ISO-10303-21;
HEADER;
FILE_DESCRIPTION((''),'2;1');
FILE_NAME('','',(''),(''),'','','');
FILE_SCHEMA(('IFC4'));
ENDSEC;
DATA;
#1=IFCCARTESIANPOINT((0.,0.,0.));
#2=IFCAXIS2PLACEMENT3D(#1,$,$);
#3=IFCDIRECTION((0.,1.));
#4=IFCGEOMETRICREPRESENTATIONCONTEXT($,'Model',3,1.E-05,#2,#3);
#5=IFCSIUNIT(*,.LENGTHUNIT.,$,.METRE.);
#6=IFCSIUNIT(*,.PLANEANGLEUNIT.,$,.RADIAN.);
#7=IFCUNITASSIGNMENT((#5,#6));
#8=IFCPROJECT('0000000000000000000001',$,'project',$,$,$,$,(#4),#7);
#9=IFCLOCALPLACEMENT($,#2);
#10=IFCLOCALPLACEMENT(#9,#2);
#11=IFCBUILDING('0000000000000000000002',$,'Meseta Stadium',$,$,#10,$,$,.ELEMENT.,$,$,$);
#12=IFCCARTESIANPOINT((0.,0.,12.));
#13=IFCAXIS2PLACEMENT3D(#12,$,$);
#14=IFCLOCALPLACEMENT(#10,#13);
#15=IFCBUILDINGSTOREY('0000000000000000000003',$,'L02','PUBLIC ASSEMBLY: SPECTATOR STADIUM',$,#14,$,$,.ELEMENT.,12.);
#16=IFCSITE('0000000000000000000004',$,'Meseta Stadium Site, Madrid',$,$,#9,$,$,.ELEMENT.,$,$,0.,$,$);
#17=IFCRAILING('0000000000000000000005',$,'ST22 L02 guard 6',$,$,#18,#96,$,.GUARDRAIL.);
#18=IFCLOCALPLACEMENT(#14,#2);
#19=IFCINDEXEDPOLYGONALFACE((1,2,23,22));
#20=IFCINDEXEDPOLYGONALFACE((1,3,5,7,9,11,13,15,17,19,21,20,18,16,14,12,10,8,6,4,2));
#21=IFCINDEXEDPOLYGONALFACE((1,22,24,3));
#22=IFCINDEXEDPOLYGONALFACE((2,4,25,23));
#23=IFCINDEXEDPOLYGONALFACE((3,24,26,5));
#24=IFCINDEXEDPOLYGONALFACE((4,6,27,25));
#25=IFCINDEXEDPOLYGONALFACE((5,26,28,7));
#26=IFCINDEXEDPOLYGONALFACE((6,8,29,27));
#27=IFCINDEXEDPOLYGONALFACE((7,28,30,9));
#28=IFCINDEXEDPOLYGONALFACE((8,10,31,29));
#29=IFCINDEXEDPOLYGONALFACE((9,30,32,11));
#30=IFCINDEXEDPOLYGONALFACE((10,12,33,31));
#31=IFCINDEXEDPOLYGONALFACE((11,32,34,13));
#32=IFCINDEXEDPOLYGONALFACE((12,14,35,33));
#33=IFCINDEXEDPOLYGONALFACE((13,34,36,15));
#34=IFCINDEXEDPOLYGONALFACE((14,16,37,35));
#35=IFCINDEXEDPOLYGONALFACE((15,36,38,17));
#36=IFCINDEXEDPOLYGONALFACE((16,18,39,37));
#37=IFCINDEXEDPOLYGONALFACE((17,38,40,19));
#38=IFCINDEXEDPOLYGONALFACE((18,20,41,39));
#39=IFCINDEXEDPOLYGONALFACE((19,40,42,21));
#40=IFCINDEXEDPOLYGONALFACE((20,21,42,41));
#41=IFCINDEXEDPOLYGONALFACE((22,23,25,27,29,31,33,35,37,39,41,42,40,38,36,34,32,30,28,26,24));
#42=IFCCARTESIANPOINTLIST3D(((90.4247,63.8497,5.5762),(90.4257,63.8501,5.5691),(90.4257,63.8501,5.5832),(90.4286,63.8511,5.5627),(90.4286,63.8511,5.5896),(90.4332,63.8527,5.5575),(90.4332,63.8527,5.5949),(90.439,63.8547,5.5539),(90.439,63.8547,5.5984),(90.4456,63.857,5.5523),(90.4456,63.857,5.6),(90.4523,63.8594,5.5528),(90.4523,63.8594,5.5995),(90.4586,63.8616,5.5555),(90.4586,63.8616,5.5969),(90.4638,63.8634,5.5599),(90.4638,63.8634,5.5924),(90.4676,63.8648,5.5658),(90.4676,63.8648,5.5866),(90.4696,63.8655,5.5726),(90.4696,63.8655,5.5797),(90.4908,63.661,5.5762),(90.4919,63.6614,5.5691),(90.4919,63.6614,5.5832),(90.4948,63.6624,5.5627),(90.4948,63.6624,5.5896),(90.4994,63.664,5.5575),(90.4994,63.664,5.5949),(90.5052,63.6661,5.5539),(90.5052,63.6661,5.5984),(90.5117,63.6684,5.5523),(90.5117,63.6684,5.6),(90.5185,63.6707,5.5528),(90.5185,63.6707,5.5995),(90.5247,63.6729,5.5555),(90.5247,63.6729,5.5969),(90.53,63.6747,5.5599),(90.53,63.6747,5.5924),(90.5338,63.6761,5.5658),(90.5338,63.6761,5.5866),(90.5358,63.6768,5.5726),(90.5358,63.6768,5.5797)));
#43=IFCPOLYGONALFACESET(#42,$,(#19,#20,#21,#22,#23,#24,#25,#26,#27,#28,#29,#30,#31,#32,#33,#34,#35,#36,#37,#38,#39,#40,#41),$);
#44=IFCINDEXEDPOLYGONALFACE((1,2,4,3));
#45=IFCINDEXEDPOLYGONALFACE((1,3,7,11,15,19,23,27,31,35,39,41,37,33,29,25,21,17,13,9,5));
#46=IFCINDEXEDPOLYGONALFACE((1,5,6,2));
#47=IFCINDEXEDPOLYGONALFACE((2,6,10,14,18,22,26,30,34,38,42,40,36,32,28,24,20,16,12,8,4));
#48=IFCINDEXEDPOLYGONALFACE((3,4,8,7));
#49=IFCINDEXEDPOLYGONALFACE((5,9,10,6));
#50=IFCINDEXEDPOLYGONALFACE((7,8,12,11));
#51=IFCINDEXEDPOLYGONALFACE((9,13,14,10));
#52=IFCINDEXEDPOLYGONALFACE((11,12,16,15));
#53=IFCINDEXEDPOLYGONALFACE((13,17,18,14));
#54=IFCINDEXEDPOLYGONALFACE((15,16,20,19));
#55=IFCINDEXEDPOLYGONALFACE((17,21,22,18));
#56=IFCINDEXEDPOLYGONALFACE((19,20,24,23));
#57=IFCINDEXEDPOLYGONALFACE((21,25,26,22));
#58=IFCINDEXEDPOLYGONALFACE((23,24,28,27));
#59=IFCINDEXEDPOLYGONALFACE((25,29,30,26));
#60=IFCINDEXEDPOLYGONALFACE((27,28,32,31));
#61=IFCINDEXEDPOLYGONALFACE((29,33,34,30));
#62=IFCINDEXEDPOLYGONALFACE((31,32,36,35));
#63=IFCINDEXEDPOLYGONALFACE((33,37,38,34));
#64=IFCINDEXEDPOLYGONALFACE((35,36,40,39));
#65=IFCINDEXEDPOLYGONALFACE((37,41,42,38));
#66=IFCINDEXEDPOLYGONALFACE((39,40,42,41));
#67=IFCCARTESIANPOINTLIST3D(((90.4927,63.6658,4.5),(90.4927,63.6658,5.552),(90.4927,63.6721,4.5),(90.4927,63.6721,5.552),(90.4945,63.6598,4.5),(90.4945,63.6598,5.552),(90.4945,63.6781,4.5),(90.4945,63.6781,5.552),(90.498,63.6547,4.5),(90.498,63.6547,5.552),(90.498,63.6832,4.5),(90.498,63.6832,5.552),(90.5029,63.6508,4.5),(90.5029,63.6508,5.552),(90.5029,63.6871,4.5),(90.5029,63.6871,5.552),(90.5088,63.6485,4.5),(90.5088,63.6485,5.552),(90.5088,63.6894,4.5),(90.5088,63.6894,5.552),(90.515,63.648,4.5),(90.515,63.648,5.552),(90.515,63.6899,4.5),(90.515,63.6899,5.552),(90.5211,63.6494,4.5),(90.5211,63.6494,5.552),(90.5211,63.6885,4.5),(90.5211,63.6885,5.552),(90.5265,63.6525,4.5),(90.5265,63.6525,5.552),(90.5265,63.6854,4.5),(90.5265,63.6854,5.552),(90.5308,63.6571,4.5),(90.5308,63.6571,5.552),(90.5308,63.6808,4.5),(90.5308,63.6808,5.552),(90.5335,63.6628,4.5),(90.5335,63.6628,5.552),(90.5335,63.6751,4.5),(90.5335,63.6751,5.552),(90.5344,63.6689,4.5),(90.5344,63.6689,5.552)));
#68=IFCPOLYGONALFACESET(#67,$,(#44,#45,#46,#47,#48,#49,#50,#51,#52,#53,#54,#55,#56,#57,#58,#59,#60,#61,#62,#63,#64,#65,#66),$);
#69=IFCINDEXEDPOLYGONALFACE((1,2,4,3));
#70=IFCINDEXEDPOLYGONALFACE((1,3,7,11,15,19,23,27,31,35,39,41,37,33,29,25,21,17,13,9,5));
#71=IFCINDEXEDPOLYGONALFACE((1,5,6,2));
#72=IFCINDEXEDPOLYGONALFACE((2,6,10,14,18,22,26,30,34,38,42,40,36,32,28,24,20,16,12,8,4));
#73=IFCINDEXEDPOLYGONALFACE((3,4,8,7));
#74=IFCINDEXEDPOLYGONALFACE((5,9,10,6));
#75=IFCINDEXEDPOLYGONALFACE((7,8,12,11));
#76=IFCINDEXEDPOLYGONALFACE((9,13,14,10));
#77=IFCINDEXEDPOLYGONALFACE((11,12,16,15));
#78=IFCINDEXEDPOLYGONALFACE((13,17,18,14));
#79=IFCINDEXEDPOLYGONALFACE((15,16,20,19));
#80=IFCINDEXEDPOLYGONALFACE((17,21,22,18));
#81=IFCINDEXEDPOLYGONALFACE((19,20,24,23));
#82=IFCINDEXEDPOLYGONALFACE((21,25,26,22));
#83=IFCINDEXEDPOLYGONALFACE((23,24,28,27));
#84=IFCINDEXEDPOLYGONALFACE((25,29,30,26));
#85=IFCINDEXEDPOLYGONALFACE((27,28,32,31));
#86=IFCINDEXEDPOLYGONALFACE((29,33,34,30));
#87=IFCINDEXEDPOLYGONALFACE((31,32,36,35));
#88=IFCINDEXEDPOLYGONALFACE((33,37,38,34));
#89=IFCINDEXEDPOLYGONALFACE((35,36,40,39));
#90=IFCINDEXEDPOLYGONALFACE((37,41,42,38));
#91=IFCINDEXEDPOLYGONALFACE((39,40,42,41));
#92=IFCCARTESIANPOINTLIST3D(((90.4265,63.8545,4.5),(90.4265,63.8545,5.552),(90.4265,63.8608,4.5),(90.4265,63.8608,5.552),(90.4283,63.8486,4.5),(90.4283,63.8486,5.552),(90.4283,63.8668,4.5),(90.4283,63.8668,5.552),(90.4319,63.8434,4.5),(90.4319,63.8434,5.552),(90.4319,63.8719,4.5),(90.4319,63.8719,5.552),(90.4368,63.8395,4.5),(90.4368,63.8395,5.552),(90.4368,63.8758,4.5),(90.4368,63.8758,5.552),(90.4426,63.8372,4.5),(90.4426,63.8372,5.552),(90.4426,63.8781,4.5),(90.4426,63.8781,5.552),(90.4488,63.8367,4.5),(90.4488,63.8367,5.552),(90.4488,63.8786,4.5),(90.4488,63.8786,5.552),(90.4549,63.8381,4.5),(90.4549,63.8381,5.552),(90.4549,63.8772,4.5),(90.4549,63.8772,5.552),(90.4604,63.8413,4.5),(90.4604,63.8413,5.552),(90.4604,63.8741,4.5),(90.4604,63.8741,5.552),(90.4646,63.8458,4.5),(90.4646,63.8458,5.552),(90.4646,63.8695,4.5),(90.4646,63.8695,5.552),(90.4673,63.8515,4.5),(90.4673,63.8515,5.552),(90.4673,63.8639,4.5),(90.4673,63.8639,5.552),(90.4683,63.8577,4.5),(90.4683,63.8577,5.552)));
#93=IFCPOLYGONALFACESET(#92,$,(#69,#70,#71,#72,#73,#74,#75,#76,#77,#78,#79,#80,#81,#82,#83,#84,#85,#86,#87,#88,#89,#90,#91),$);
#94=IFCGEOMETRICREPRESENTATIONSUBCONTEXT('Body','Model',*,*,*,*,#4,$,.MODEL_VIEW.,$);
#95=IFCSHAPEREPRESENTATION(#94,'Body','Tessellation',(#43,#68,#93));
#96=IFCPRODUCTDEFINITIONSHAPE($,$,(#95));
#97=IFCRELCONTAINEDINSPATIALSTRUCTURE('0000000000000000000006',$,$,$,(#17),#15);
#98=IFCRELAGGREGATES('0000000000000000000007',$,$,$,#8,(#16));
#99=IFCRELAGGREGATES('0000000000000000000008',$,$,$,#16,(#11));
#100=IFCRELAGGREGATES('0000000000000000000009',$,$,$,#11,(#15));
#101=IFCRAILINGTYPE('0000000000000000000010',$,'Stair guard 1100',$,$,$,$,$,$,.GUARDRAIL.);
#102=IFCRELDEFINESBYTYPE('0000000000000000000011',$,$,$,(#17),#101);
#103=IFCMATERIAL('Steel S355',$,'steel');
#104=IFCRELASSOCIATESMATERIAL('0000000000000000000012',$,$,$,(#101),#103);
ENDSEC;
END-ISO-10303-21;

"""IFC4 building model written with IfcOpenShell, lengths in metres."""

from ifc_helpers import new_model, si_unit, direction, frame, origin, origin_2d, place, context, subcontext, project, spatial, circle, extrude, material, type_object, element, save


model = new_model("IFC4")

# Units and contexts
model_context = context("Model", 3, precision=1e-05, world=origin(), true_north=direction((0.0, 1.0)))
body_context = subcontext(model_context, "Body", "Model", "MODEL_VIEW")
ifc_project = project(units=[si_unit("LENGTHUNIT", "METRE"), si_unit("PLANEANGLEUNIT", "RADIAN")], contexts=[model_context])

# Site, building, storey
site_placement = place(None, origin())
site = spatial("IfcSite", under=ifc_project, at=site_placement, Name="Meseta Stadium Site, Madrid", CompositionType="ELEMENT", RefElevation=0.0)
building_placement = place(site_placement, origin())
building = spatial("IfcBuilding", under=site, at=building_placement, Name="Meseta Stadium", CompositionType="ELEMENT")
storey_placement = place(building_placement, frame((0.0, 0.0, 12.0)))
storey = spatial("IfcBuildingStorey", under=building, at=storey_placement, Name="L02", Description="PUBLIC ASSEMBLY: SPECTATOR STADIUM", CompositionType="ELEMENT", Elevation=12.0)

# Railing
ifc_material_1 = material(Name="Steel S355", Category="steel")
railing_type_1 = type_object("IfcRailingType", Name="Stair guard 1100", PredefinedType="GUARDRAIL", material=ifc_material_1)
railing_1_placement = place(storey_placement, frame((90.5134, 63.6689, 4.5)))
element("IfcRailing", 1, at=railing_1_placement, inside=storey, type_object=railing_type_1, Name="ST22 L02 guard 6", PredefinedType="GUARDRAIL", context=body_context, shape_type="SweptSolid", body=[
    extrude(circle(Radius=0.0239, at=origin_2d()), frame((0.0, 0.0, 1.0762), z_axis=(-0.33084, 0.943687, 0.0), x_axis=(-0.943687, -0.33084, 0.0)), (0.0, 0.0, 1.0), 0.2),
    extrude(circle(Radius=0.021, at=origin_2d()), origin(), (0.0, 0.0, 1.0), 1.052),
    extrude(circle(Radius=0.021, at=origin_2d()), frame((-0.0662, 0.1887, 0.0)), (0.0, 0.0, 1.0), 1.052),
])

save(model, "model.ifc")
